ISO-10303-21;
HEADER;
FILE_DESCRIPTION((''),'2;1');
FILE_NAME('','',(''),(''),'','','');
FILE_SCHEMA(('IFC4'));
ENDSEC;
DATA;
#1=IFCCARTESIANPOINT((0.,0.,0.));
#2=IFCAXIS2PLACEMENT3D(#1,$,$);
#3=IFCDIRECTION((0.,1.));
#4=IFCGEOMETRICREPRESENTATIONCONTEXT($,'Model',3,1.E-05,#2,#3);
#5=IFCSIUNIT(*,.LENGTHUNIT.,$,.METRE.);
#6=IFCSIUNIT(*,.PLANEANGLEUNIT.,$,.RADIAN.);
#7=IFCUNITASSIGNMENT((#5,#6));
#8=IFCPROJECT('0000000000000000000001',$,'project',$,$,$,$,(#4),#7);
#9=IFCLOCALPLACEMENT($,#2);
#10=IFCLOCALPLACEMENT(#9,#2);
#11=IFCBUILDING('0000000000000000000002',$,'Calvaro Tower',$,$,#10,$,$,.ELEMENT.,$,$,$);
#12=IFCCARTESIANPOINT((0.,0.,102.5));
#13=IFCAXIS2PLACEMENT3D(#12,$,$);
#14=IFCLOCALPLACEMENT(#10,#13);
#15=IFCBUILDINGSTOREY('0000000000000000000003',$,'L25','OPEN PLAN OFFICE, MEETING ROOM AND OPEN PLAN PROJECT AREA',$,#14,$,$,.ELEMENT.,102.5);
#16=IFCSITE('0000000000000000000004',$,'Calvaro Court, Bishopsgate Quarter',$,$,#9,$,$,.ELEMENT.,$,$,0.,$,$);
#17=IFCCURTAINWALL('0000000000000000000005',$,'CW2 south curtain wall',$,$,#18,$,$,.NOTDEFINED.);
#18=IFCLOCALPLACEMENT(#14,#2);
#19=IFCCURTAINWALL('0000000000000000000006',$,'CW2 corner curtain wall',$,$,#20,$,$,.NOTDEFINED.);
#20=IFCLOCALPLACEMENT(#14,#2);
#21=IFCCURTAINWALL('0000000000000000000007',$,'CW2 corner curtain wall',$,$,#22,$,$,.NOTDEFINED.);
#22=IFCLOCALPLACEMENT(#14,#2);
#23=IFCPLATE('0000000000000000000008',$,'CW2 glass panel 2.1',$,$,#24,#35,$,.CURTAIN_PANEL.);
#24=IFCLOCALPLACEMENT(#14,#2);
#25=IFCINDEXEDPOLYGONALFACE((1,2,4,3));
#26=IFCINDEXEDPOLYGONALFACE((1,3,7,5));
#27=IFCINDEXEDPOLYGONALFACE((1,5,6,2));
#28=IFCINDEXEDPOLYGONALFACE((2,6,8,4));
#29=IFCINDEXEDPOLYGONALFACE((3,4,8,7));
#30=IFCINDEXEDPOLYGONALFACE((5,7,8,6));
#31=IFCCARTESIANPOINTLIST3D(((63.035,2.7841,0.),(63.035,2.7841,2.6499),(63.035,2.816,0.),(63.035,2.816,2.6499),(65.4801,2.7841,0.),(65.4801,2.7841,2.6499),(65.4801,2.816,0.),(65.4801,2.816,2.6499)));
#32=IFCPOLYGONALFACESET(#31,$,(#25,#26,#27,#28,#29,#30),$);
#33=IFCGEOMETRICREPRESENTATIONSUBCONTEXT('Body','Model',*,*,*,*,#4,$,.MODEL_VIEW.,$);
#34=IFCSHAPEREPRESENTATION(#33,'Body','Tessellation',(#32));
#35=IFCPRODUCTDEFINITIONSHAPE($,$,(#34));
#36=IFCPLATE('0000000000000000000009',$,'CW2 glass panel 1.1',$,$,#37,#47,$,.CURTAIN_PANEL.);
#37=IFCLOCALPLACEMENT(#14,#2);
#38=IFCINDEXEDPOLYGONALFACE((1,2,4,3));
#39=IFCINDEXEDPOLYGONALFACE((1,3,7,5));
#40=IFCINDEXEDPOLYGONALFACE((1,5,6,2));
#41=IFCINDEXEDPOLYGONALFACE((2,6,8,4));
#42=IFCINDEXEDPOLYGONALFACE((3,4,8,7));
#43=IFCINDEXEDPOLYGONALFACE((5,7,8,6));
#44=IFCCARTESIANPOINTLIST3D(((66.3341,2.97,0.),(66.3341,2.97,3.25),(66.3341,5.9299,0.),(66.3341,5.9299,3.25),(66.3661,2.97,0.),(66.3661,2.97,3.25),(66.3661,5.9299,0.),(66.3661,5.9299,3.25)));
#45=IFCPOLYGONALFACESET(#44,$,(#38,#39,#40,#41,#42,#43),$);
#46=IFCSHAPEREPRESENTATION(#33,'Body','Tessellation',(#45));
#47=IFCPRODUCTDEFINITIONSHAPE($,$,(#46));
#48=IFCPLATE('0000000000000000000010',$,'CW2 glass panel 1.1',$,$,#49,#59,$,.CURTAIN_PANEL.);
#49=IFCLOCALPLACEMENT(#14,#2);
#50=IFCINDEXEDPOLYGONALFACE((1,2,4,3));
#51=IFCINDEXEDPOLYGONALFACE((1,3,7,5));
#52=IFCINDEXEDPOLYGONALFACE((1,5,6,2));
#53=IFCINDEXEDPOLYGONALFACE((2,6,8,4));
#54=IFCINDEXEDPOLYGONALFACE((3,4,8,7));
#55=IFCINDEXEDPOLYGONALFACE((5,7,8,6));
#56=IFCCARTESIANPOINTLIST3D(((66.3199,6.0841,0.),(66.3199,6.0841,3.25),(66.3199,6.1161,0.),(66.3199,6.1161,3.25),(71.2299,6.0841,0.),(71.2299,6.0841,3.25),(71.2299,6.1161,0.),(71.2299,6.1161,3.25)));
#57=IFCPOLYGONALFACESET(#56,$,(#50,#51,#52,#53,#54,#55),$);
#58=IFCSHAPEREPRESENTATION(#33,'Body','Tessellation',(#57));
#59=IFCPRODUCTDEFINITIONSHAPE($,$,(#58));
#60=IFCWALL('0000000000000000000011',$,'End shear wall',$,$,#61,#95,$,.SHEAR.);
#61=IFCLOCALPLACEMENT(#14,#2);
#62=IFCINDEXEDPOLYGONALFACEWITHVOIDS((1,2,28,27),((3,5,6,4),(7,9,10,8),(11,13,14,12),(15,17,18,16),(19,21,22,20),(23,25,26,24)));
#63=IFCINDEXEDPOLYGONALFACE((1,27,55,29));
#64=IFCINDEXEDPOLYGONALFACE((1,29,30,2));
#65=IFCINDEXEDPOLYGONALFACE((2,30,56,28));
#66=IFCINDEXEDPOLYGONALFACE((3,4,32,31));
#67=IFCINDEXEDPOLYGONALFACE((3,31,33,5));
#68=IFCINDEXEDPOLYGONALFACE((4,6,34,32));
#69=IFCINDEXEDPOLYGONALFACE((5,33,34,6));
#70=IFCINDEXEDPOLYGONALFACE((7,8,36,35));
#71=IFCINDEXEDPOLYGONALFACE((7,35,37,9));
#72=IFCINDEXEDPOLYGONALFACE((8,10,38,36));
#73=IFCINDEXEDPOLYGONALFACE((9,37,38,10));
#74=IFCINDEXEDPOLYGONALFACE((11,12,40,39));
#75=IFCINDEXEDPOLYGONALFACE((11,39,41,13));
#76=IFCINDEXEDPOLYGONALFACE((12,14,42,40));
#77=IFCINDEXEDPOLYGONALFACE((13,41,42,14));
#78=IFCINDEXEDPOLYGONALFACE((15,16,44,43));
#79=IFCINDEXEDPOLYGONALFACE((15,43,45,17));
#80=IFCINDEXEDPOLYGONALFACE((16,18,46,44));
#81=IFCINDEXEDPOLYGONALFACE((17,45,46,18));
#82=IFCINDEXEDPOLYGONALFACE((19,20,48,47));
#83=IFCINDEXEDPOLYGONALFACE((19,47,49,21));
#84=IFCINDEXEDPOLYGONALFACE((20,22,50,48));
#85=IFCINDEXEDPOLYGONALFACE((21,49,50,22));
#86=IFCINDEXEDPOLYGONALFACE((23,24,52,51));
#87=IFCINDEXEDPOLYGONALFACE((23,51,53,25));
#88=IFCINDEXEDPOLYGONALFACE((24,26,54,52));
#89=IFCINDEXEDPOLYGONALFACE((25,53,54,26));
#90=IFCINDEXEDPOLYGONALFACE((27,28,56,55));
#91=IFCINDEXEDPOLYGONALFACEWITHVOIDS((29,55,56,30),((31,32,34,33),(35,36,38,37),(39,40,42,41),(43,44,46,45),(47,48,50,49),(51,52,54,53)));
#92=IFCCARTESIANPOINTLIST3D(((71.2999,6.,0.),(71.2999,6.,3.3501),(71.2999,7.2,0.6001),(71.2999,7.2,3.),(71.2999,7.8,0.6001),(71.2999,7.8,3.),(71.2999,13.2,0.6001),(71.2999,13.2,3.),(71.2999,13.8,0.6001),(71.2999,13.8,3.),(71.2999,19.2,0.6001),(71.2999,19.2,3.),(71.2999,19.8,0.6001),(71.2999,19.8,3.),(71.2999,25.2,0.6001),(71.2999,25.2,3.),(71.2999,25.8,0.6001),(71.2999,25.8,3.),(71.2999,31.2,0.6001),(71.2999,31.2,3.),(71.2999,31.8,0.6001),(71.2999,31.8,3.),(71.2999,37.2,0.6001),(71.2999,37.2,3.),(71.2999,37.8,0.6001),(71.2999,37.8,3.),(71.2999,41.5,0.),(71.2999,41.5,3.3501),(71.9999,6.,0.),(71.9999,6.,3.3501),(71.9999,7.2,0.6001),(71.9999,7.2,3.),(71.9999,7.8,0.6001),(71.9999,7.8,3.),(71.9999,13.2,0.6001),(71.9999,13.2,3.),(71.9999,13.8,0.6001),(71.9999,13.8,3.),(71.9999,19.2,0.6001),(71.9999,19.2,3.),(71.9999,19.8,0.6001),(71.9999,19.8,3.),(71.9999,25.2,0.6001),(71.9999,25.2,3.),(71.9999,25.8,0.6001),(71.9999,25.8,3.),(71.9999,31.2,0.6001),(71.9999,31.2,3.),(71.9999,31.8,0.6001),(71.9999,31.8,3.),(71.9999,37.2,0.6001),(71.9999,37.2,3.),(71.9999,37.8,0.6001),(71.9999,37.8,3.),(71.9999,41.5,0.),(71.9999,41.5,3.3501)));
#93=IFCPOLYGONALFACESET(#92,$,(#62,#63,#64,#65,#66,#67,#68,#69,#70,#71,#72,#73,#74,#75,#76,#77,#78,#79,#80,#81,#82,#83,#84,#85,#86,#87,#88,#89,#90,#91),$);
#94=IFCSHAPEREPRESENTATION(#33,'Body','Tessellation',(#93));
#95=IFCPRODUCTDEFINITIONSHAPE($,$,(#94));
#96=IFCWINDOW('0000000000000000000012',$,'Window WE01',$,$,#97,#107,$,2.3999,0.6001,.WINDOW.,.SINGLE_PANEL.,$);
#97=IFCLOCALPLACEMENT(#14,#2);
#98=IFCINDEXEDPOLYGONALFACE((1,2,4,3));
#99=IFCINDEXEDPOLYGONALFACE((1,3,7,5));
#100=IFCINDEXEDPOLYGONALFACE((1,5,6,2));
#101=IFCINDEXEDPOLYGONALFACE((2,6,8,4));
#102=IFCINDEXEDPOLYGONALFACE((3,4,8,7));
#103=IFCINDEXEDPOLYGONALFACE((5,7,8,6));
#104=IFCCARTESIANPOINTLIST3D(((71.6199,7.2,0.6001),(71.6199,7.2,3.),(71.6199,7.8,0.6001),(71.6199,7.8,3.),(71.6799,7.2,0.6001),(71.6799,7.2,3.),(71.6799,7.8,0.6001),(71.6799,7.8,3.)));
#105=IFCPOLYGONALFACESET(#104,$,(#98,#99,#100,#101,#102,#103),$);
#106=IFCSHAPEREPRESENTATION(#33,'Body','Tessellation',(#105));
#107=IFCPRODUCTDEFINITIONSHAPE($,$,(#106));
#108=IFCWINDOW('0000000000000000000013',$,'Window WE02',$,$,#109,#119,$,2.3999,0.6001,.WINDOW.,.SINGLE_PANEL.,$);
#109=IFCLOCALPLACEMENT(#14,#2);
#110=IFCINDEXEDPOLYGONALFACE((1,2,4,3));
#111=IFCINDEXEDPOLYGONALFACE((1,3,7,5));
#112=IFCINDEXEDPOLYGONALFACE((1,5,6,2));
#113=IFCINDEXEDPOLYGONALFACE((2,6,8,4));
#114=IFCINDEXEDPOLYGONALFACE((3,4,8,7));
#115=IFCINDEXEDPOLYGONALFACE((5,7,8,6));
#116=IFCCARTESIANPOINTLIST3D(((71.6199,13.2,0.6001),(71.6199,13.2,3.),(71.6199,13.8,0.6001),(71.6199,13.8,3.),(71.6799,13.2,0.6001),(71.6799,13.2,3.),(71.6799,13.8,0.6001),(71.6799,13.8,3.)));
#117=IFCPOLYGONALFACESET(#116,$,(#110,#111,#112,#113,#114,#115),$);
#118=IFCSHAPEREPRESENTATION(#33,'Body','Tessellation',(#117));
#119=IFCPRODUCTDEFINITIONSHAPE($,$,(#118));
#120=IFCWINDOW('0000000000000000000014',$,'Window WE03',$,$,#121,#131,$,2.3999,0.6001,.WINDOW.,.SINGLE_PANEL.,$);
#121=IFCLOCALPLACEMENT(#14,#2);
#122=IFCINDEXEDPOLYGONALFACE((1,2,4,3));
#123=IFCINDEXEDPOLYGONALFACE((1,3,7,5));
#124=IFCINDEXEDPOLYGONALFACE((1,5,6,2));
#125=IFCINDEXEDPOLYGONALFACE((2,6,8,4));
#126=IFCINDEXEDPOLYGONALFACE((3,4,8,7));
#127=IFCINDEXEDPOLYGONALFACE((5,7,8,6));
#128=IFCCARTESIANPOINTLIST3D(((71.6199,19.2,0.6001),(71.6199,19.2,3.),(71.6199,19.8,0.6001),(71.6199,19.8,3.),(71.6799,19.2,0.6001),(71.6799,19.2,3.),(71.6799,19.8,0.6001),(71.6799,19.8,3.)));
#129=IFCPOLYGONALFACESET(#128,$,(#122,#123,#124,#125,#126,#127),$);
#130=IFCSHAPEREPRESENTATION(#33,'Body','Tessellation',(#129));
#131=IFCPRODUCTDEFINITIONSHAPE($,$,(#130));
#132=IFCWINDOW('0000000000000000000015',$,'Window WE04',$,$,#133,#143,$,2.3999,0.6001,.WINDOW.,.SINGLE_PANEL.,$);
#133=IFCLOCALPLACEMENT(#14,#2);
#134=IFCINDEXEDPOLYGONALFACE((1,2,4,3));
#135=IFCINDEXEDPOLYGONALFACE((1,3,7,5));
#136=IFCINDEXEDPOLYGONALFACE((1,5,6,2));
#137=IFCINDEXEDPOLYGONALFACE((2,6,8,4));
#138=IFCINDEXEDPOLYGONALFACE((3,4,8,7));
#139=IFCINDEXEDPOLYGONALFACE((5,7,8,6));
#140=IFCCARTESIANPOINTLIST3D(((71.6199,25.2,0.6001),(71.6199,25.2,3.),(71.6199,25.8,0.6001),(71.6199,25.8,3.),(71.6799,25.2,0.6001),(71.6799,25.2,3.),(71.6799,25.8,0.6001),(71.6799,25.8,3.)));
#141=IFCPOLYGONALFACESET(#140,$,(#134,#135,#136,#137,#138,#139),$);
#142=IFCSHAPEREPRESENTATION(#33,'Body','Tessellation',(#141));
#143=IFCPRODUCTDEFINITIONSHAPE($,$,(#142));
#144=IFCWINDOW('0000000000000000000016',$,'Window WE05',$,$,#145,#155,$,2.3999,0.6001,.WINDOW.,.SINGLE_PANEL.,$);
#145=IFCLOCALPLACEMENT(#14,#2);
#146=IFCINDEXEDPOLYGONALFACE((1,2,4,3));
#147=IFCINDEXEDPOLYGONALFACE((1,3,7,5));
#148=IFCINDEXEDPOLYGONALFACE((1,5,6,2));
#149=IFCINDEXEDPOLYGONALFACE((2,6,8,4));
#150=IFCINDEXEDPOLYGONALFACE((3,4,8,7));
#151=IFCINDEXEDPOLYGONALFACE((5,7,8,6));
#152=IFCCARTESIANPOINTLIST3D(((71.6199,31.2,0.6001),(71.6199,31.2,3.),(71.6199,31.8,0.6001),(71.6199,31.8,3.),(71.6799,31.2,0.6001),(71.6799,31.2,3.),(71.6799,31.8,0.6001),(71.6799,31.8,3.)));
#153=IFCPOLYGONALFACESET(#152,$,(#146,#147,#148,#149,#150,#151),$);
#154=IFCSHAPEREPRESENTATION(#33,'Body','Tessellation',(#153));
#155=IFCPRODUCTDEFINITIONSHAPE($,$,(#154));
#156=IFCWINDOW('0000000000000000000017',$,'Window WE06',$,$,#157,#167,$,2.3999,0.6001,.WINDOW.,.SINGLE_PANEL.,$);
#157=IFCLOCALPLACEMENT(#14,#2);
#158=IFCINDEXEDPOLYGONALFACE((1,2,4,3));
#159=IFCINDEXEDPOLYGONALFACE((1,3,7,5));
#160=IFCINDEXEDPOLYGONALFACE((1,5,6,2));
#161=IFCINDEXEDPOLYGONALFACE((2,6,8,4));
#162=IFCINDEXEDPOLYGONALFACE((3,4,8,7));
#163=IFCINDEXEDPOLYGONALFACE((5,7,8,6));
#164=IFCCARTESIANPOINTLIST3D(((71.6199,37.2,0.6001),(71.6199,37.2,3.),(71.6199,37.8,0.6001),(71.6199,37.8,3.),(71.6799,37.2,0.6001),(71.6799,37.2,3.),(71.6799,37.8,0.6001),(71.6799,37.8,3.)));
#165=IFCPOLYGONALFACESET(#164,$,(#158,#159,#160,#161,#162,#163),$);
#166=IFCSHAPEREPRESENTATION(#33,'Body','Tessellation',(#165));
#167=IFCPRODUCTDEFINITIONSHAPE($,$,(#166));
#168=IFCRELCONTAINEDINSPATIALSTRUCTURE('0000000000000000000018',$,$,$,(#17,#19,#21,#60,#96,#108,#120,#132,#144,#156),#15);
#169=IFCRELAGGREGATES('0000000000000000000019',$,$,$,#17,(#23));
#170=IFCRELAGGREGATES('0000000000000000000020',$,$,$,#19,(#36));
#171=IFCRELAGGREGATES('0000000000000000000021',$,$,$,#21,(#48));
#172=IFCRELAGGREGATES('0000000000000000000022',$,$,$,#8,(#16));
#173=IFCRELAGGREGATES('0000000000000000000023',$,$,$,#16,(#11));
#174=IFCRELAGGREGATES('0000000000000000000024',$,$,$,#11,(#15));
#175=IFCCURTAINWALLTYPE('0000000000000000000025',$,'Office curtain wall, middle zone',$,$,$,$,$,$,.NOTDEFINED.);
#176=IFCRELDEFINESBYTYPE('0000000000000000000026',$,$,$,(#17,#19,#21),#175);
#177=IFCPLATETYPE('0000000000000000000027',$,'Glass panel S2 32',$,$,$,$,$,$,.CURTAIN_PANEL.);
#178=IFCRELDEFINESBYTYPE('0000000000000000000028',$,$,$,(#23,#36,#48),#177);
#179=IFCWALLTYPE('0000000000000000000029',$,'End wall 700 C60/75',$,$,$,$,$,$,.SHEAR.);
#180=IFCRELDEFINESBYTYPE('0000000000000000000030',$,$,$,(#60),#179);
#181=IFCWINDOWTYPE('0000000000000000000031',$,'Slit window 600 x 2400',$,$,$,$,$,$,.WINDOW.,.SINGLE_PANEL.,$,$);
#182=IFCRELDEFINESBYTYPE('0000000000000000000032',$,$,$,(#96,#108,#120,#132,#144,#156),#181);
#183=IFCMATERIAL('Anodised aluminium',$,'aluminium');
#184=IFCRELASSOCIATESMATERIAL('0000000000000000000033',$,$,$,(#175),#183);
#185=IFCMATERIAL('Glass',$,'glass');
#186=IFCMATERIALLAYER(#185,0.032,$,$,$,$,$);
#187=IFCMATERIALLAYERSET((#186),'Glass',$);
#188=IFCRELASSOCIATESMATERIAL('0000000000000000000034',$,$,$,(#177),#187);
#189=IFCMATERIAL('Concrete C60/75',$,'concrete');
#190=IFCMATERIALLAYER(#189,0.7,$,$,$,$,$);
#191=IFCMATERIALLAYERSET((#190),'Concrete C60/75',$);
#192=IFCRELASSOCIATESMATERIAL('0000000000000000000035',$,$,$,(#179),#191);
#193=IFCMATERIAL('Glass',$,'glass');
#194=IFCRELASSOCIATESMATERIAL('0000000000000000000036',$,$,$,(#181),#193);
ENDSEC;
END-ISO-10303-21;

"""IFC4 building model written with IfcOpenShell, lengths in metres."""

from ifc_helpers import new_model, si_unit, direction, frame, frame_2d, origin, origin_2d, place, context, subcontext, project, spatial, rectangle, extrude, material, layer, layer_set, type_object, element, fill, aggregate, save


model = new_model("IFC4")

# Units and contexts
model_context = context("Model", 3, precision=1e-05, world=origin(), true_north=direction((0.0, 1.0)))
body_context = subcontext(model_context, "Body", "Model", "MODEL_VIEW")
ifc_project = project(units=[si_unit("LENGTHUNIT", "METRE"), si_unit("PLANEANGLEUNIT", "RADIAN")], contexts=[model_context])

# Site, building, storey
site_placement = place(None, origin())
site = spatial("IfcSite", under=ifc_project, at=site_placement, Name="Calvaro Court, Bishopsgate Quarter", CompositionType="ELEMENT", RefElevation=0.0)
building_placement = place(site_placement, origin())
building = spatial("IfcBuilding", under=site, at=building_placement, Name="Calvaro Tower", CompositionType="ELEMENT")
storey_placement = place(building_placement, frame((0.0, 0.0, 102.5)))
storey = spatial("IfcBuildingStorey", under=building, at=storey_placement, Name="L25", Description="OPEN PLAN OFFICE, MEETING ROOM AND OPEN PLAN PROJECT AREA", CompositionType="ELEMENT", Elevation=102.5)

# Curtain walls
ifc_material_1 = material(Name="Anodised aluminium", Category="aluminium")
curtain_wall_type = type_object("IfcCurtainWallType", Name="Office curtain wall, middle zone", PredefinedType="NOTDEFINED", material=ifc_material_1)
curtain_wall_1_placement = place(storey_placement, origin())
curtain_wall_1 = element("IfcCurtainWall", 1, at=curtain_wall_1_placement, inside=storey, type_object=curtain_wall_type, Name="CW2 south curtain wall", PredefinedType="NOTDEFINED")
curtain_wall_2_placement = place(storey_placement, origin())
curtain_wall_2 = element("IfcCurtainWall", 2, at=curtain_wall_2_placement, inside=storey, type_object=curtain_wall_type, Name="CW2 corner curtain wall", PredefinedType="NOTDEFINED")
curtain_wall_3_placement = place(storey_placement, origin())
curtain_wall_3 = element("IfcCurtainWall", 3, at=curtain_wall_3_placement, inside=storey, type_object=curtain_wall_type, Name="CW2 corner curtain wall", PredefinedType="NOTDEFINED")

# Plates
ifc_material_2 = material(Name="Glass", Category="glass")
ifc_layer_1 = layer(ifc_material_2, 0.032)
ifc_layer_set_1 = layer_set([ifc_layer_1], Name="Glass")
plate_type = type_object("IfcPlateType", Name="Glass panel S2 32", PredefinedType="CURTAIN_PANEL", material=ifc_layer_set_1)
plate_1_placement = place(storey_placement, frame((64.2576, 2.8, 0.0), z_axis=(0.0, 0.0, 1.0), x_axis=(1.0, 0.0, 0.0)))
plate_1 = element("IfcPlate", 4, at=plate_1_placement, type_object=plate_type, Name="CW2 glass panel 2.1", PredefinedType="CURTAIN_PANEL", context=body_context, shape_type="SweptSolid", body=[
    extrude(rectangle(XDim=2.4451, YDim=0.032, at=origin_2d()), origin(), (0.0, 0.0, 1.0), 2.6499),
])
aggregate(curtain_wall_1, [plate_1])
plate_2_placement = place(storey_placement, frame((66.3501, 4.45, 0.0), z_axis=(0.0, 0.0, 1.0), x_axis=(0.0, 1.0, 0.0)))
plate_2 = element("IfcPlate", 5, at=plate_2_placement, type_object=plate_type, Name="CW2 glass panel 1.1", PredefinedType="CURTAIN_PANEL", context=body_context, shape_type="SweptSolid", body=[
    extrude(rectangle(XDim=2.96, YDim=0.032, at=origin_2d()), origin(), (0.0, 0.0, 1.0), 3.25),
])
aggregate(curtain_wall_2, [plate_2])
plate_3_placement = place(storey_placement, frame((68.7749, 6.1001, 0.0), z_axis=(0.0, 0.0, 1.0), x_axis=(1.0, 0.0, 0.0)))
plate_3 = element("IfcPlate", 6, at=plate_3_placement, type_object=plate_type, Name="CW2 glass panel 1.1", PredefinedType="CURTAIN_PANEL", context=body_context, shape_type="SweptSolid", body=[
    extrude(rectangle(XDim=4.9099, YDim=0.032, at=origin_2d()), origin(), (0.0, 0.0, 1.0), 3.25),
])
aggregate(curtain_wall_3, [plate_3])

# Wall, openings, windows
ifc_material_3 = material(Name="Concrete C60/75", Category="concrete")
ifc_layer_2 = layer(ifc_material_3, 0.7)
ifc_layer_set_2 = layer_set([ifc_layer_2], Name="Concrete C60/75")
wall_type = type_object("IfcWallType", Name="End wall 700 C60/75", PredefinedType="SHEAR", material=ifc_layer_set_2)
wall_placement = place(storey_placement, frame((71.6499, 6.0, 0.0), z_axis=(0.0, 0.0, 1.0), x_axis=(0.0, 1.0, 0.0)))
wall = element("IfcWall", 7, at=wall_placement, inside=storey, type_object=wall_type, Name="End shear wall", PredefinedType="SHEAR", context=body_context, shape_type="SweptSolid", body=[
    extrude(rectangle(XDim=35.5, YDim=0.7, at=frame_2d((17.75, 0.0))), origin(), (0.0, 0.0, 1.0), 3.3501),
])
opening_1_placement = place(wall_placement, frame((1.2, 0.0, 0.6001)))
opening_1 = element("IfcOpeningElement", 8, at=opening_1_placement, cuts=wall, PredefinedType="OPENING", context=body_context, shape_type="SweptSolid", body=[
    extrude(rectangle(XDim=0.6001, YDim=2.3999, at=frame_2d((0.3, 1.2))), frame((0.0, 0.3599, 0.0), z_axis=(0.0, -1.0, 0.0), x_axis=(1.0, 0.0, 0.0)), (0.0, 0.0, 1.0), 0.72),
])
opening_2_placement = place(wall_placement, frame((7.2, 0.0, 0.6001)))
opening_2 = element("IfcOpeningElement", 9, at=opening_2_placement, cuts=wall, PredefinedType="OPENING", context=body_context, shape_type="SweptSolid", body=[
    extrude(rectangle(XDim=0.6001, YDim=2.3999, at=frame_2d((0.3, 1.2))), frame((0.0, 0.3599, 0.0), z_axis=(0.0, -1.0, 0.0), x_axis=(1.0, 0.0, 0.0)), (0.0, 0.0, 1.0), 0.72),
])
opening_3_placement = place(wall_placement, frame((13.2, 0.0, 0.6001)))
opening_3 = element("IfcOpeningElement", 10, at=opening_3_placement, cuts=wall, PredefinedType="OPENING", context=body_context, shape_type="SweptSolid", body=[
    extrude(rectangle(XDim=0.6001, YDim=2.3999, at=frame_2d((0.3, 1.2))), frame((0.0, 0.3599, 0.0), z_axis=(0.0, -1.0, 0.0), x_axis=(1.0, 0.0, 0.0)), (0.0, 0.0, 1.0), 0.72),
])
opening_4_placement = place(wall_placement, frame((19.2, 0.0, 0.6001)))
opening_4 = element("IfcOpeningElement", 11, at=opening_4_placement, cuts=wall, PredefinedType="OPENING", context=body_context, shape_type="SweptSolid", body=[
    extrude(rectangle(XDim=0.6001, YDim=2.3999, at=frame_2d((0.3, 1.2))), frame((0.0, 0.3599, 0.0), z_axis=(0.0, -1.0, 0.0), x_axis=(1.0, 0.0, 0.0)), (0.0, 0.0, 1.0), 0.72),
])
opening_5_placement = place(wall_placement, frame((25.2, 0.0, 0.6001)))
opening_5 = element("IfcOpeningElement", 12, at=opening_5_placement, cuts=wall, PredefinedType="OPENING", context=body_context, shape_type="SweptSolid", body=[
    extrude(rectangle(XDim=0.6001, YDim=2.3999, at=frame_2d((0.3, 1.2))), frame((0.0, 0.3599, 0.0), z_axis=(0.0, -1.0, 0.0), x_axis=(1.0, 0.0, 0.0)), (0.0, 0.0, 1.0), 0.72),
])
opening_6_placement = place(wall_placement, frame((31.2, 0.0, 0.6001)))
opening_6 = element("IfcOpeningElement", 13, at=opening_6_placement, cuts=wall, PredefinedType="OPENING", context=body_context, shape_type="SweptSolid", body=[
    extrude(rectangle(XDim=0.6001, YDim=2.3999, at=frame_2d((0.3, 1.2))), frame((0.0, 0.3599, 0.0), z_axis=(0.0, -1.0, 0.0), x_axis=(1.0, 0.0, 0.0)), (0.0, 0.0, 1.0), 0.72),
])
ifc_material_4 = material(Name="Glass", Category="glass")
window_type = type_object("IfcWindowType", Name="Slit window 600 x 2400", PartitioningType="SINGLE_PANEL", PredefinedType="WINDOW", material=ifc_material_4)
window_1_placement = place(opening_1_placement, origin())
window_1 = element("IfcWindow", 14, at=window_1_placement, inside=storey, type_object=window_type, Name="Window WE01", OverallHeight=2.3999, OverallWidth=0.6001, PartitioningType="SINGLE_PANEL", PredefinedType="WINDOW", context=body_context, shape_type="SweptSolid", body=[
    extrude(rectangle(XDim=0.6001, YDim=2.3999, at=frame_2d((0.3, 1.2))), frame((0.0, 0.03, 0.0), z_axis=(0.0, -1.0, 0.0), x_axis=(1.0, 0.0, 0.0)), (0.0, 0.0, 1.0), 0.0601),
])
fill(opening_1, window_1)
window_2_placement = place(opening_2_placement, origin())
window_2 = element("IfcWindow", 15, at=window_2_placement, inside=storey, type_object=window_type, Name="Window WE02", OverallHeight=2.3999, OverallWidth=0.6001, PartitioningType="SINGLE_PANEL", PredefinedType="WINDOW", context=body_context, shape_type="SweptSolid", body=[
    extrude(rectangle(XDim=0.6001, YDim=2.3999, at=frame_2d((0.3, 1.2))), frame((0.0, 0.03, 0.0), z_axis=(0.0, -1.0, 0.0), x_axis=(1.0, 0.0, 0.0)), (0.0, 0.0, 1.0), 0.0601),
])
fill(opening_2, window_2)
window_3_placement = place(opening_3_placement, origin())
window_3 = element("IfcWindow", 16, at=window_3_placement, inside=storey, type_object=window_type, Name="Window WE03", OverallHeight=2.3999, OverallWidth=0.6001, PartitioningType="SINGLE_PANEL", PredefinedType="WINDOW", context=body_context, shape_type="SweptSolid", body=[
    extrude(rectangle(XDim=0.6001, YDim=2.3999, at=frame_2d((0.3, 1.2))), frame((0.0, 0.03, 0.0), z_axis=(0.0, -1.0, 0.0), x_axis=(1.0, 0.0, 0.0)), (0.0, 0.0, 1.0), 0.0601),
])
fill(opening_3, window_3)
window_4_placement = place(opening_4_placement, origin())
window_4 = element("IfcWindow", 17, at=window_4_placement, inside=storey, type_object=window_type, Name="Window WE04", OverallHeight=2.3999, OverallWidth=0.6001, PartitioningType="SINGLE_PANEL", PredefinedType="WINDOW", context=body_context, shape_type="SweptSolid", body=[
    extrude(rectangle(XDim=0.6001, YDim=2.3999, at=frame_2d((0.3, 1.2))), frame((0.0, 0.03, 0.0), z_axis=(0.0, -1.0, 0.0), x_axis=(1.0, 0.0, 0.0)), (0.0, 0.0, 1.0), 0.0601),
])
fill(opening_4, window_4)
window_5_placement = place(opening_5_placement, origin())
window_5 = element("IfcWindow", 18, at=window_5_placement, inside=storey, type_object=window_type, Name="Window WE05", OverallHeight=2.3999, OverallWidth=0.6001, PartitioningType="SINGLE_PANEL", PredefinedType="WINDOW", context=body_context, shape_type="SweptSolid", body=[
    extrude(rectangle(XDim=0.6001, YDim=2.3999, at=frame_2d((0.3, 1.2))), frame((0.0, 0.03, 0.0), z_axis=(0.0, -1.0, 0.0), x_axis=(1.0, 0.0, 0.0)), (0.0, 0.0, 1.0), 0.0601),
])
fill(opening_5, window_5)
window_6_placement = place(opening_6_placement, origin())
window_6 = element("IfcWindow", 19, at=window_6_placement, inside=storey, type_object=window_type, Name="Window WE06", OverallHeight=2.3999, OverallWidth=0.6001, PartitioningType="SINGLE_PANEL", PredefinedType="WINDOW", context=body_context, shape_type="SweptSolid", body=[
    extrude(rectangle(XDim=0.6001, YDim=2.3999, at=frame_2d((0.3, 1.2))), frame((0.0, 0.03, 0.0), z_axis=(0.0, -1.0, 0.0), x_axis=(1.0, 0.0, 0.0)), (0.0, 0.0, 1.0), 0.0601),
])
fill(opening_6, window_6)

save(model, "model.ifc")
